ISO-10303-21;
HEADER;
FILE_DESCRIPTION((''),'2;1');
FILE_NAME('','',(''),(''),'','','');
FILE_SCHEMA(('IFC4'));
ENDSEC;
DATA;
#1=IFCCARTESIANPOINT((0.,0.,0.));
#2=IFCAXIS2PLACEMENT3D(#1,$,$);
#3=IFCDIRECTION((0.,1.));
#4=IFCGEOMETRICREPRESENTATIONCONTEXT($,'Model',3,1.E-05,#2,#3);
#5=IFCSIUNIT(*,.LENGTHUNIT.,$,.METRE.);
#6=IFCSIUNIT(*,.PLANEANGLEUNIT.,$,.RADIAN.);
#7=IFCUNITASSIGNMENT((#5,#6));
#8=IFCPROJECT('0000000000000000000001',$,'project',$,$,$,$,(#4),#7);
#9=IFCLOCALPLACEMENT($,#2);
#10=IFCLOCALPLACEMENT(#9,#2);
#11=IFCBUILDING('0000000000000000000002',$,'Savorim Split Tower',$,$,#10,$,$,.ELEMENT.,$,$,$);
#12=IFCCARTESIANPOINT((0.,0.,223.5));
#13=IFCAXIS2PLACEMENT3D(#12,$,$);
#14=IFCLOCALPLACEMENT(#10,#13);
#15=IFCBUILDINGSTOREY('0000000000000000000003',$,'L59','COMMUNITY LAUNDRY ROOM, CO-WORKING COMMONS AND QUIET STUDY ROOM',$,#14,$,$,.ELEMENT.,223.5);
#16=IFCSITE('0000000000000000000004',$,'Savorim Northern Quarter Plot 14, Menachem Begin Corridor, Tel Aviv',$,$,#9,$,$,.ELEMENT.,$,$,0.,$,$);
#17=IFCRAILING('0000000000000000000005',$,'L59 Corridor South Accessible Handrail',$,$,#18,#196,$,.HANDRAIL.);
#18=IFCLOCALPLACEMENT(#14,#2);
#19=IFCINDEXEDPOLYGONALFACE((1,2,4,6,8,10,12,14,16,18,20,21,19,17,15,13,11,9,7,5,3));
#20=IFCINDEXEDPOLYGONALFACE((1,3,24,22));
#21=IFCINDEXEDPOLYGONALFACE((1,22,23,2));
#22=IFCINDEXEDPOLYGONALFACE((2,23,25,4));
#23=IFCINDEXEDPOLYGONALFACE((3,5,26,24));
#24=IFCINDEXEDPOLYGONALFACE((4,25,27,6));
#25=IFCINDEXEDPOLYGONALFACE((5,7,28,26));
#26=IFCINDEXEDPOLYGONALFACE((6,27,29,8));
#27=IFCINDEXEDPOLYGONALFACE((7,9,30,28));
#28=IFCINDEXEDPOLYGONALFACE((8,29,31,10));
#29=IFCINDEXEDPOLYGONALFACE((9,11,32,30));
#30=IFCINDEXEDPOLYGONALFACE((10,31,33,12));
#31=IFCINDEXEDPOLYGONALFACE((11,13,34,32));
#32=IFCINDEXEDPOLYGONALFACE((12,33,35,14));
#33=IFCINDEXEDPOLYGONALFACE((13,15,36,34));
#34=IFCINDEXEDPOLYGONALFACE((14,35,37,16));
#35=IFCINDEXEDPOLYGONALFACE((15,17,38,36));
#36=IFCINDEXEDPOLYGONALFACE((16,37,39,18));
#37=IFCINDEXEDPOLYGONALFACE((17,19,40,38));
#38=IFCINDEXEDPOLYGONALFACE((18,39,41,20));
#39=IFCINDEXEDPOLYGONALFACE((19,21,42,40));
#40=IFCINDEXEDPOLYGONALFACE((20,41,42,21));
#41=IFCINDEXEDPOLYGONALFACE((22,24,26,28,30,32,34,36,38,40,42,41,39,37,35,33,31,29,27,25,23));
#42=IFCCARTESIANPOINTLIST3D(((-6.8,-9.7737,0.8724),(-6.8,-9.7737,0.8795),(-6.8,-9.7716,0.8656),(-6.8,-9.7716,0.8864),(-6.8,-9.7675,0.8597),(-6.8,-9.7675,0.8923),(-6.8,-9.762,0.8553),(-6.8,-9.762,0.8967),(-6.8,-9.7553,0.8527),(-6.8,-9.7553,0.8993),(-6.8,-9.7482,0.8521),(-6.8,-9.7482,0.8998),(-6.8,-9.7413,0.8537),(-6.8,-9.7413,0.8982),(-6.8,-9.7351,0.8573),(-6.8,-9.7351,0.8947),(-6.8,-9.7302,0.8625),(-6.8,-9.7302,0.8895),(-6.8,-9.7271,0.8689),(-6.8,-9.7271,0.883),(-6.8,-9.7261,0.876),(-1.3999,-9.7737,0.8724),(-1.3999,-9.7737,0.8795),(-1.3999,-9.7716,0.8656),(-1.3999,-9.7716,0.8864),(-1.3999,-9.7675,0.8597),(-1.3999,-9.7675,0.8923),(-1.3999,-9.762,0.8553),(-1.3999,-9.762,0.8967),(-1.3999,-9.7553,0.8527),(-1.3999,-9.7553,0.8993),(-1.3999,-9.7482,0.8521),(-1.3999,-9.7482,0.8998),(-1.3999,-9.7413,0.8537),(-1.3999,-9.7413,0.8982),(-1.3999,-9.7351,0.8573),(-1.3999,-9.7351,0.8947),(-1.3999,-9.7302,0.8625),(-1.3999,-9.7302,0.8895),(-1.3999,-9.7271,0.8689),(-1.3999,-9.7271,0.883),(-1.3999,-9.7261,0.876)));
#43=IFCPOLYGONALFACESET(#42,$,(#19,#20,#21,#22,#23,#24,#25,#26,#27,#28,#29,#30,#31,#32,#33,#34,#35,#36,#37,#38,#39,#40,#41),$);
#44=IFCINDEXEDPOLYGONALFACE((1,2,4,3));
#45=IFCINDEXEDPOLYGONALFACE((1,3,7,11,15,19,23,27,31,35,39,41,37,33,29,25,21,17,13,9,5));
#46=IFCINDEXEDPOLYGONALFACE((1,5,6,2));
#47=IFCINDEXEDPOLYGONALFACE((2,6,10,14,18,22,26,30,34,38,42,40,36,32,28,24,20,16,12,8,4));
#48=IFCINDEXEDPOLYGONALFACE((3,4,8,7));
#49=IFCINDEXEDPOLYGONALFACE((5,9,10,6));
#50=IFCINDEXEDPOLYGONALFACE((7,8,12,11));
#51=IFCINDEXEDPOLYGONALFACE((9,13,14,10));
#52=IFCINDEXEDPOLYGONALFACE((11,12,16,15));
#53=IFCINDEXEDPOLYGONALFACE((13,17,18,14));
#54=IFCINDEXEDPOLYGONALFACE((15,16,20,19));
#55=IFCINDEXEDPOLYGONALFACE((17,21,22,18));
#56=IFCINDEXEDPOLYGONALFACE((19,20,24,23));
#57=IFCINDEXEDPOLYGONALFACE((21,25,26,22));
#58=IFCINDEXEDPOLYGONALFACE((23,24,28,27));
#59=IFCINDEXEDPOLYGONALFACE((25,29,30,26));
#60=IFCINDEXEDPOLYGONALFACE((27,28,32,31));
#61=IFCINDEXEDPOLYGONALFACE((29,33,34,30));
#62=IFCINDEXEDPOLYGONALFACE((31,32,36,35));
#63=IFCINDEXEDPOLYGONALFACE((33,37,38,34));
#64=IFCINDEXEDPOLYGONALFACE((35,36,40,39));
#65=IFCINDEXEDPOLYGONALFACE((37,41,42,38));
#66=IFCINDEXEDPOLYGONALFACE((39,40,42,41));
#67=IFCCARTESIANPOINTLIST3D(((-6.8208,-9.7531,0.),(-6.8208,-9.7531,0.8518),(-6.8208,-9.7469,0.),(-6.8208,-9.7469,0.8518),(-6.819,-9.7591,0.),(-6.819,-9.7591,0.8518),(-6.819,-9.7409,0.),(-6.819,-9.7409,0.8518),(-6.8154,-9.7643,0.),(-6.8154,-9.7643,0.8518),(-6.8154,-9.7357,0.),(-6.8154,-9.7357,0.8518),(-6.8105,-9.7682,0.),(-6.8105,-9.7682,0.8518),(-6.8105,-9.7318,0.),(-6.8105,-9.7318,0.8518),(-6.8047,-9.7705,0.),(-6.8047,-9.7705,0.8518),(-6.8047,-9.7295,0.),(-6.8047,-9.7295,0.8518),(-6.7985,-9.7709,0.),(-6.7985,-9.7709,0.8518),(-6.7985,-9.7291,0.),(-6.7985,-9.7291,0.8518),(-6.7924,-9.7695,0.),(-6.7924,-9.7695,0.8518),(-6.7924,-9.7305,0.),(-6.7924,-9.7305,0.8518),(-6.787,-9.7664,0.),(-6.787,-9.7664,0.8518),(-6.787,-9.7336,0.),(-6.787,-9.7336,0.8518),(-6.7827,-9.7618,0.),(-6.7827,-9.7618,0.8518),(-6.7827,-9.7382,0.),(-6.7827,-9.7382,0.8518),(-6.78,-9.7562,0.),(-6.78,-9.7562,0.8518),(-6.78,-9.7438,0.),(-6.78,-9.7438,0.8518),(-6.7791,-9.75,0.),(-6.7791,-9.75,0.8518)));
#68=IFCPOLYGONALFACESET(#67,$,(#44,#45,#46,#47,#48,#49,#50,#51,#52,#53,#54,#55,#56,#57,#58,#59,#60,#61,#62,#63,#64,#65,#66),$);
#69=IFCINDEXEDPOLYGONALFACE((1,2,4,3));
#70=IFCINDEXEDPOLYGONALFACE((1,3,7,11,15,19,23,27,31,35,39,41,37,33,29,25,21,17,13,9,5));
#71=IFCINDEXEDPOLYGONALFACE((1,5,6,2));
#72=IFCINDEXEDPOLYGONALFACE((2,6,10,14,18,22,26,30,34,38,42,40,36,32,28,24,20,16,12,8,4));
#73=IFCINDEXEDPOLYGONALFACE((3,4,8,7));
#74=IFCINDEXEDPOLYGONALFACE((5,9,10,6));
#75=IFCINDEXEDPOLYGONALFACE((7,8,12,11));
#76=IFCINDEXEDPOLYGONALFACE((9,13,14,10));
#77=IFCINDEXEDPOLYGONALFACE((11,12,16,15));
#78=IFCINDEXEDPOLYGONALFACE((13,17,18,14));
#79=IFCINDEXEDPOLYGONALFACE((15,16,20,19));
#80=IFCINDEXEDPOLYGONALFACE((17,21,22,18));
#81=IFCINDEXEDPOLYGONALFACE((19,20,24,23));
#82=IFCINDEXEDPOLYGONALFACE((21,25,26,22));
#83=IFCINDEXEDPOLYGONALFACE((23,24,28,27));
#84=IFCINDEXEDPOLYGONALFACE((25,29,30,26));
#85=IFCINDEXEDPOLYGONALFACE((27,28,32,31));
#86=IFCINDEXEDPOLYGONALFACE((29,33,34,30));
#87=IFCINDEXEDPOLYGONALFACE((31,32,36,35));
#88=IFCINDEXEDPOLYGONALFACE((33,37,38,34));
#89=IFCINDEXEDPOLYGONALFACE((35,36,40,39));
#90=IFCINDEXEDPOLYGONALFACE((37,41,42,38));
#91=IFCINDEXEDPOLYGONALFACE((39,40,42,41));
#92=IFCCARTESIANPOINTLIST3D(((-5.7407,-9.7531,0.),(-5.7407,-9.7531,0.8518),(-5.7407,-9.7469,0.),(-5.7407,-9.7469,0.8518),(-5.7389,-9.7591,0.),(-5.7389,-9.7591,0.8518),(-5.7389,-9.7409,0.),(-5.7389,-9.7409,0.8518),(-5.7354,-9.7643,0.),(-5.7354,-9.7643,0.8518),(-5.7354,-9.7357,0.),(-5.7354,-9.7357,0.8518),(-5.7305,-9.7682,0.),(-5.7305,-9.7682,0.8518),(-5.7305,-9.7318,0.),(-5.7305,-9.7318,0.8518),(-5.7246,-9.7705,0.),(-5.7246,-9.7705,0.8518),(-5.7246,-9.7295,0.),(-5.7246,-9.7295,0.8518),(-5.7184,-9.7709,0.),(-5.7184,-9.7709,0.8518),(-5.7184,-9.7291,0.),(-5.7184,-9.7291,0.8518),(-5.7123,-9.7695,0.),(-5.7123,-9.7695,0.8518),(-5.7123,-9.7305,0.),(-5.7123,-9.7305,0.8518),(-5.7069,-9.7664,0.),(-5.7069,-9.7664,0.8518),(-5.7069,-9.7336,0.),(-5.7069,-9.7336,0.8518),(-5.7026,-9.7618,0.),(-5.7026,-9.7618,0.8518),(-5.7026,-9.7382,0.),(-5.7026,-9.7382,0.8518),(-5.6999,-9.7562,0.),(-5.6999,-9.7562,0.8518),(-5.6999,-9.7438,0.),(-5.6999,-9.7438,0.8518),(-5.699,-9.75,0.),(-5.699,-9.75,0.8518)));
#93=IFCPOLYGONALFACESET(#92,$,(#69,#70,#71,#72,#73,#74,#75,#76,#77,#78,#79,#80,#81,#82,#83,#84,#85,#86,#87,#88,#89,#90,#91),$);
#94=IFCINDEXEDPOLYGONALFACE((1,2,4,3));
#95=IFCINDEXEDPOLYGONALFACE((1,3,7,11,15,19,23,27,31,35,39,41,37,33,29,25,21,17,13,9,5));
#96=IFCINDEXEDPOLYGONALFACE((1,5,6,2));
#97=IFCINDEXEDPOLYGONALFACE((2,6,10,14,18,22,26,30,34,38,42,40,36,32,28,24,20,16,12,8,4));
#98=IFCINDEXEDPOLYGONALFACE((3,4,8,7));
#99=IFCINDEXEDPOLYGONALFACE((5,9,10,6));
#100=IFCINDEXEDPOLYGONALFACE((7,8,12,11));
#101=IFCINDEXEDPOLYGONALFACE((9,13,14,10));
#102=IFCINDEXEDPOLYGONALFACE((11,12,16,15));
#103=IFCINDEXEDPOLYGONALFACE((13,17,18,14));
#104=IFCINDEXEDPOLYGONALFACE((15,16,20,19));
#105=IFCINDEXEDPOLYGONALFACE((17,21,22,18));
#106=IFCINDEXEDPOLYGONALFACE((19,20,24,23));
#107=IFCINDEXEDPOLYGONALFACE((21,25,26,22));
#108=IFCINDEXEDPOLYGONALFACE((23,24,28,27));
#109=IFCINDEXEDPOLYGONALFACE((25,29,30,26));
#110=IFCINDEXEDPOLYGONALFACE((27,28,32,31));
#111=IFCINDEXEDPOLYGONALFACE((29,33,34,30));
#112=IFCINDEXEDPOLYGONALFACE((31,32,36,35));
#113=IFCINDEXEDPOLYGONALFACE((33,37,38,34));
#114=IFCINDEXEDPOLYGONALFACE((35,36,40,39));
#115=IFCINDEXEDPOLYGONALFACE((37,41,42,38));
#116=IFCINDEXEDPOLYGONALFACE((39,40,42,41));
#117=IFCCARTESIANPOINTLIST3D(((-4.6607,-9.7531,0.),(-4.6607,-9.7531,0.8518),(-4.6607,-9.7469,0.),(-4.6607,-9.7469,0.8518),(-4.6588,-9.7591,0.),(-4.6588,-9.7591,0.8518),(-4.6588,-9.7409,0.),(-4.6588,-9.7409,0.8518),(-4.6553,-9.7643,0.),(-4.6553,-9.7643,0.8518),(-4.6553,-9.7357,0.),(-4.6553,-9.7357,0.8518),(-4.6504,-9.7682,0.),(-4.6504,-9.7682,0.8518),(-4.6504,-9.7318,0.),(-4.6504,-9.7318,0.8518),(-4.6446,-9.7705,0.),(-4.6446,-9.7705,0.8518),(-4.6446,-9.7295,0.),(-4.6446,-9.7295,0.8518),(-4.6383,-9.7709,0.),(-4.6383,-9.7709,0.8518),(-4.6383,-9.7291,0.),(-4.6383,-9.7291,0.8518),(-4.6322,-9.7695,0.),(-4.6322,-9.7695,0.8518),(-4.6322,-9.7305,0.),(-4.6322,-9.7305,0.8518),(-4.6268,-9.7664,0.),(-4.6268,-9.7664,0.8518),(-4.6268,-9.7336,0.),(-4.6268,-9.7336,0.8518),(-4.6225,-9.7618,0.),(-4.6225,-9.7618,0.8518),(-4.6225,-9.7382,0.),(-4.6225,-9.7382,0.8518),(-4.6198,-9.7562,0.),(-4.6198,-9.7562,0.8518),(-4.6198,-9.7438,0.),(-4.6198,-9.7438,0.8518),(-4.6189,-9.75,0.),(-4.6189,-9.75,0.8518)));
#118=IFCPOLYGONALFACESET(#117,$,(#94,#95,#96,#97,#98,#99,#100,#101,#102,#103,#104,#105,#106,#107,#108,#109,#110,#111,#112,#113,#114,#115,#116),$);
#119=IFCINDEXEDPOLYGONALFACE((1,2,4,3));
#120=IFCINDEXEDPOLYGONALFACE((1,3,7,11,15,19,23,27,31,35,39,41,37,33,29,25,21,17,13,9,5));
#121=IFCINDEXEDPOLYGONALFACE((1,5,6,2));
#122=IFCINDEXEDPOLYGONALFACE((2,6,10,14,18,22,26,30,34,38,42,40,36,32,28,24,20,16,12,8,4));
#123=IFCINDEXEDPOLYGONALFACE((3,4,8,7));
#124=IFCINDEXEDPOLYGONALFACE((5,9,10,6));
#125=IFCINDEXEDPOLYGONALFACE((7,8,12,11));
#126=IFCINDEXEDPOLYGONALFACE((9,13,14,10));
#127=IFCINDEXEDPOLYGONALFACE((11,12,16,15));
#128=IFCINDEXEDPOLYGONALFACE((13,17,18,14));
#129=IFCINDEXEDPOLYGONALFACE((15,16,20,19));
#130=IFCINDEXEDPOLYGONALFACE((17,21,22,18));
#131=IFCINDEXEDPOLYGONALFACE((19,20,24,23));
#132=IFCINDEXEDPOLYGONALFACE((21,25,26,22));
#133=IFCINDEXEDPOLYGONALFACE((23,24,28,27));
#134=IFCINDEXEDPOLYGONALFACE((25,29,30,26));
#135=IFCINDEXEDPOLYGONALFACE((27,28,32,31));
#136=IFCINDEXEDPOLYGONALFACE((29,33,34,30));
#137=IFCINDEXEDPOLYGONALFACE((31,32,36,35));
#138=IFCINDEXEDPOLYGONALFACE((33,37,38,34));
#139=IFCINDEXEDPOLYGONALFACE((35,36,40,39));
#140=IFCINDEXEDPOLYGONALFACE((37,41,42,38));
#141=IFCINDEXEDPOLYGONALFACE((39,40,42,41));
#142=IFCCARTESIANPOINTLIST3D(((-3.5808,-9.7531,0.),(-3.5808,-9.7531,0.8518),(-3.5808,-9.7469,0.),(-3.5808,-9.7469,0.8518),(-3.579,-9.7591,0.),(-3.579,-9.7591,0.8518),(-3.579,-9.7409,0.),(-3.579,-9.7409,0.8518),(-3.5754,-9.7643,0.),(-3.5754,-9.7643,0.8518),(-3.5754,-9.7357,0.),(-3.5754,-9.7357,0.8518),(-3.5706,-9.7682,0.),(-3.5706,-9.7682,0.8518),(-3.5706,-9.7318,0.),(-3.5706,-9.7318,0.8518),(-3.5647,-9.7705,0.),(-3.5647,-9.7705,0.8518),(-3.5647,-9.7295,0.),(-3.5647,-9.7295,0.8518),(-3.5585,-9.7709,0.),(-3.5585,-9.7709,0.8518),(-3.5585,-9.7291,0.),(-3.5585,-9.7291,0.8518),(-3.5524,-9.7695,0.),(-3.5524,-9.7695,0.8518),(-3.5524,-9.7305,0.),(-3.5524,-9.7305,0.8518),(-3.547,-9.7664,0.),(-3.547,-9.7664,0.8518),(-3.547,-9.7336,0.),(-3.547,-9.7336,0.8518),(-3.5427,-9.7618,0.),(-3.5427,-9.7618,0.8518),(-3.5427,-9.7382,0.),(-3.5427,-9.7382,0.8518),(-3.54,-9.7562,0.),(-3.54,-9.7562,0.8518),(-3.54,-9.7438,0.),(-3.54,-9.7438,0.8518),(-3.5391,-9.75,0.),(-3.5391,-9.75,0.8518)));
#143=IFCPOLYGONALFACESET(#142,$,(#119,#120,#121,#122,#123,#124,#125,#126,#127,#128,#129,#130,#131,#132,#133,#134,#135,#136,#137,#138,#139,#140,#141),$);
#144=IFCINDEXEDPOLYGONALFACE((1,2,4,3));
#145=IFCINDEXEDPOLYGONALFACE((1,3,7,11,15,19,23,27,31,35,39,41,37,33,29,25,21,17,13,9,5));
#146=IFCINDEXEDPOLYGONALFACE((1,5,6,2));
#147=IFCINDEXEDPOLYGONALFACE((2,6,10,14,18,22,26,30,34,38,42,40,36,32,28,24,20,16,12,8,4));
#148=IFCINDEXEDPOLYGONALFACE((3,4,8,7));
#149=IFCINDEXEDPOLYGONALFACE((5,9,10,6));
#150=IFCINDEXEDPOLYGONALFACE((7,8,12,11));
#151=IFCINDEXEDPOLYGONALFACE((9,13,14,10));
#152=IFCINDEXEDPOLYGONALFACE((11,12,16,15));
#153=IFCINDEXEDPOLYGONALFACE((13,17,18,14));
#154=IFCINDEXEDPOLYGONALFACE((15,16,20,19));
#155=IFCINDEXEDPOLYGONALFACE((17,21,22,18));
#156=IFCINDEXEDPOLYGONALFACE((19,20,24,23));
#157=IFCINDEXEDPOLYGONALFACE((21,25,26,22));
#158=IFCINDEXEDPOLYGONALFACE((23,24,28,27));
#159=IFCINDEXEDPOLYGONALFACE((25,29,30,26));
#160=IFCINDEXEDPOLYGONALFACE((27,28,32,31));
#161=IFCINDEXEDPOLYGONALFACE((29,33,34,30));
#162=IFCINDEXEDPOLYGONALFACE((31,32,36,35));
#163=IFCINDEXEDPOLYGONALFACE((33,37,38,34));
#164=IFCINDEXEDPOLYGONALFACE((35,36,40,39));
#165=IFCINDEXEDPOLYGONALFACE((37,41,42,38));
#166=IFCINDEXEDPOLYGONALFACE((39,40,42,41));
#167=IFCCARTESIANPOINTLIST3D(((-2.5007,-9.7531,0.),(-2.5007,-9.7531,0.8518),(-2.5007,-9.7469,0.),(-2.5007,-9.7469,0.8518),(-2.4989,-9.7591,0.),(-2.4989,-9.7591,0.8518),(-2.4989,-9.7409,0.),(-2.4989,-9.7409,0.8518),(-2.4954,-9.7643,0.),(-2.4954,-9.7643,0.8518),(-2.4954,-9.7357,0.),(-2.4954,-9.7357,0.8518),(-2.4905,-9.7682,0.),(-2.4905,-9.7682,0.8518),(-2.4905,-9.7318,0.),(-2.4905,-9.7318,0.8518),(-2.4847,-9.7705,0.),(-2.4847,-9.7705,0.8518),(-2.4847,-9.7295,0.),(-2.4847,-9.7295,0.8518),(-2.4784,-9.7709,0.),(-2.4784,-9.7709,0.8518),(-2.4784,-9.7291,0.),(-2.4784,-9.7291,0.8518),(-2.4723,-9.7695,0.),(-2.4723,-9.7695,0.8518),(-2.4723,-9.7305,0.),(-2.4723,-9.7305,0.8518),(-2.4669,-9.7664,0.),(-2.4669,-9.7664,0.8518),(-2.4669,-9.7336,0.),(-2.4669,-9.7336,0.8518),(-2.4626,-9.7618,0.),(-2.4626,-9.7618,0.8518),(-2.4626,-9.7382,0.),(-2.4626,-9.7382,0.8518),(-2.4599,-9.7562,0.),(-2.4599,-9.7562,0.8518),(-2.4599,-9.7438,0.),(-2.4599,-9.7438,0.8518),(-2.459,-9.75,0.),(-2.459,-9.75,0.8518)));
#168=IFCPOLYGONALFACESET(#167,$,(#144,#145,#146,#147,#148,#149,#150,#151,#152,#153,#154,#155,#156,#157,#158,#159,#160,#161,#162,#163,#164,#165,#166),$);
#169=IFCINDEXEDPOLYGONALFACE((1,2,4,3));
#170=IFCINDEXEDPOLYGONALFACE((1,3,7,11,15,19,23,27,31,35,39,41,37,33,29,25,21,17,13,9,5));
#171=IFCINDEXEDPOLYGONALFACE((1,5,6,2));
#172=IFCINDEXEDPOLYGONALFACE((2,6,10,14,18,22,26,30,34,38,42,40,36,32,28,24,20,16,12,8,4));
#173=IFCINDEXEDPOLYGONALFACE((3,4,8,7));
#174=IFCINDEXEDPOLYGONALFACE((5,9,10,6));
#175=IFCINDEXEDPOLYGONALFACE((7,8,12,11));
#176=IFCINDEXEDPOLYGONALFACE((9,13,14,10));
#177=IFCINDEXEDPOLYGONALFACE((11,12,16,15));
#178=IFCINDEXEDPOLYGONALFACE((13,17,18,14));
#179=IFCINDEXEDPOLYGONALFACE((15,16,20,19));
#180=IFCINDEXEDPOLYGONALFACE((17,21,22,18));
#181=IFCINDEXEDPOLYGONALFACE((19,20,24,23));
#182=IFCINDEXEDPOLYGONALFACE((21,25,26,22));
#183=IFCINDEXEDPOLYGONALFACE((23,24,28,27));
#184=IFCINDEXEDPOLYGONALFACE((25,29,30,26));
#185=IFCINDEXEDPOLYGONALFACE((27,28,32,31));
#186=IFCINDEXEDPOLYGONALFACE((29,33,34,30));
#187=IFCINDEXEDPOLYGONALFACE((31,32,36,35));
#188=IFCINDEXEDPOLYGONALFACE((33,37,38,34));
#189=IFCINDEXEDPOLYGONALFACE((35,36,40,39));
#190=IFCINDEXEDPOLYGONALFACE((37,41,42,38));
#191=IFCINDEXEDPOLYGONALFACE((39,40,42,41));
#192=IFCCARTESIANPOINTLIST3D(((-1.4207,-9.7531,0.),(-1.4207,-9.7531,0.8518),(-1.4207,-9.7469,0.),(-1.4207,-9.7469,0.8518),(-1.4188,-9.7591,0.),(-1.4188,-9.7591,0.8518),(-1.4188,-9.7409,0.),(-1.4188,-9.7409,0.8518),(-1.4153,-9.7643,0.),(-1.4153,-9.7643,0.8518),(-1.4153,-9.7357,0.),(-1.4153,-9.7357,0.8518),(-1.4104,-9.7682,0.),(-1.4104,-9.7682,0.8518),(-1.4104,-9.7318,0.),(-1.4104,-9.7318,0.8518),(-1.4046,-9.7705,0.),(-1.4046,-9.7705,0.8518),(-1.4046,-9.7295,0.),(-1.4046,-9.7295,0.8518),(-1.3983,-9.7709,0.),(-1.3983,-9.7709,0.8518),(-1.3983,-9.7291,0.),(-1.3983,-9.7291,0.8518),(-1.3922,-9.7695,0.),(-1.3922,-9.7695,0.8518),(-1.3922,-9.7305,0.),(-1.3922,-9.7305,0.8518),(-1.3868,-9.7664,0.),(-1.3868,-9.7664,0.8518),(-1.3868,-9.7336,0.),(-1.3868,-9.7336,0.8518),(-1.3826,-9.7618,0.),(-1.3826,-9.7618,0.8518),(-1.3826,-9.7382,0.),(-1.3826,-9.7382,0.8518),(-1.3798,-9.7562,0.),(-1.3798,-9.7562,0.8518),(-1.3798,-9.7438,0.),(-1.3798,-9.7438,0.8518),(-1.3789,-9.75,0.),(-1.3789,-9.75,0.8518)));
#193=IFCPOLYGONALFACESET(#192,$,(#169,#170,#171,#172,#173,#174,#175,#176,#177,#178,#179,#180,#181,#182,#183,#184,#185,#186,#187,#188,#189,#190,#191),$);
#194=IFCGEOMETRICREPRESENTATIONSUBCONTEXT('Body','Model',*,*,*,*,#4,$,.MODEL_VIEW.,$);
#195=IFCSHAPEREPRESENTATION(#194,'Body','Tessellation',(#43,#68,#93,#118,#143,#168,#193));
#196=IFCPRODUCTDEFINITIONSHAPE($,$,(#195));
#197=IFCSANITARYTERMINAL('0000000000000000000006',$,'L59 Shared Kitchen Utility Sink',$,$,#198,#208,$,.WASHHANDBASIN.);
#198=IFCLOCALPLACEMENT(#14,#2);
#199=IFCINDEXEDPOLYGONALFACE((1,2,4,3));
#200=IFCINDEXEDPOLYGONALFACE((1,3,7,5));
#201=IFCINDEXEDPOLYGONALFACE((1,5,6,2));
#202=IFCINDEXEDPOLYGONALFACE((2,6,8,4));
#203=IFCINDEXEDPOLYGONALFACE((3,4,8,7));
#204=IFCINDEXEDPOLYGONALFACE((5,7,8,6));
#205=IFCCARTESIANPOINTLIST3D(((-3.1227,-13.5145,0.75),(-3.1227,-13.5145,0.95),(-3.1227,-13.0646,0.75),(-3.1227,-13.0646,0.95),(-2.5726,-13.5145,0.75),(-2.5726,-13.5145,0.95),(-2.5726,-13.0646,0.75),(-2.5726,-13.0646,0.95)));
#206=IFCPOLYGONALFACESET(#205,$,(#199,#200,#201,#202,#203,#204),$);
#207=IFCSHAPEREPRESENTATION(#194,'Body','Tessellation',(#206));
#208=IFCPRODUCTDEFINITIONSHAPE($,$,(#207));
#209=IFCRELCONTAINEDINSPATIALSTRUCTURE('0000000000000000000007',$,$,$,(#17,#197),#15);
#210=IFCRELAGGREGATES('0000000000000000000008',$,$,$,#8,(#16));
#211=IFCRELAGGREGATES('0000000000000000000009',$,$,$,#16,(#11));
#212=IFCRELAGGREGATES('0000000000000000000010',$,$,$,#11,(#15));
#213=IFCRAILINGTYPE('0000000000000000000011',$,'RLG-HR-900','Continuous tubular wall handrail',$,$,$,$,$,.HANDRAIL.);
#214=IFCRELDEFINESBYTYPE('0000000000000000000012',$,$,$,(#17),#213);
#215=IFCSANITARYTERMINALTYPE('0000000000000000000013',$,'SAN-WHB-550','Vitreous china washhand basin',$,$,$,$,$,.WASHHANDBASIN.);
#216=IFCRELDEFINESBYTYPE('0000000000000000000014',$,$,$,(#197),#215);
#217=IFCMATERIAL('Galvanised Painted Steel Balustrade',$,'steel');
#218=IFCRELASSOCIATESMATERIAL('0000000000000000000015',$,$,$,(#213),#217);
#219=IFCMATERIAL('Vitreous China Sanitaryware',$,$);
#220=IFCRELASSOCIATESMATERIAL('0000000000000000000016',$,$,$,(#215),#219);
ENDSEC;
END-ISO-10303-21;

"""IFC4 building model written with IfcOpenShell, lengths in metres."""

from ifc_helpers import new_model, si_unit, direction, frame, origin, origin_2d, place, context, subcontext, project, spatial, rectangle, circle, extrude, material, type_object, element, save


model = new_model("IFC4")

# Units and contexts
model_context = context("Model", 3, precision=1e-05, world=origin(), true_north=direction((0.0, 1.0)))
body_context = subcontext(model_context, "Body", "Model", "MODEL_VIEW")
ifc_project = project(units=[si_unit("LENGTHUNIT", "METRE"), si_unit("PLANEANGLEUNIT", "RADIAN")], contexts=[model_context])

# Site, building, storey
site_placement = place(None, origin())
site = spatial("IfcSite", under=ifc_project, at=site_placement, Name="Savorim Northern Quarter Plot 14, Menachem Begin Corridor, Tel Aviv", CompositionType="ELEMENT", RefElevation=0.0)
building_placement = place(site_placement, origin())
building = spatial("IfcBuilding", under=site, at=building_placement, Name="Savorim Split Tower", CompositionType="ELEMENT")
storey_placement = place(building_placement, frame((0.0, 0.0, 223.5)))
storey = spatial("IfcBuildingStorey", under=building, at=storey_placement, Name="L59", Description="COMMUNITY LAUNDRY ROOM, CO-WORKING COMMONS AND QUIET STUDY ROOM", CompositionType="ELEMENT", Elevation=223.5)

# Railing
ifc_material_1 = material(Name="Galvanised Painted Steel Balustrade", Category="steel")
railing_type = type_object("IfcRailingType", Name="RLG-HR-900", Description="Continuous tubular wall handrail", PredefinedType="HANDRAIL", material=ifc_material_1)
railing_1_placement = place(storey_placement, frame((-6.8, -9.75, 0.0)))
element("IfcRailing", 1, at=railing_1_placement, inside=storey, type_object=railing_type, Name="L59 Corridor South Accessible Handrail", PredefinedType="HANDRAIL", context=body_context, shape_type="SweptSolid", body=[
    extrude(circle(Radius=0.0239, at=origin_2d()), frame((0.0, 0.0, 0.876), z_axis=(1.0, 0.0, 0.0), x_axis=(0.0, 1.0, 0.0)), (0.0, 0.0, 1.0), 5.4001),
    extrude(circle(Radius=0.021, at=origin_2d()), origin(), (0.0, 0.0, 1.0), 0.8518),
    extrude(circle(Radius=0.021, at=origin_2d()), frame((1.0801, 0.0, 0.0)), (0.0, 0.0, 1.0), 0.8518),
    extrude(circle(Radius=0.021, at=origin_2d()), frame((2.1602, 0.0, 0.0)), (0.0, 0.0, 1.0), 0.8518),
    extrude(circle(Radius=0.021, at=origin_2d()), frame((3.24, 0.0, 0.0)), (0.0, 0.0, 1.0), 0.8518),
    extrude(circle(Radius=0.021, at=origin_2d()), frame((4.3201, 0.0, 0.0)), (0.0, 0.0, 1.0), 0.8518),
    extrude(circle(Radius=0.021, at=origin_2d()), frame((5.4001, 0.0, 0.0)), (0.0, 0.0, 1.0), 0.8518),
])

# Sanitary terminal
ifc_material_2 = material(Name="Vitreous China Sanitaryware")
sanitary_terminal_type = type_object("IfcSanitaryTerminalType", Name="SAN-WHB-550", Description="Vitreous china washhand basin", PredefinedType="WASHHANDBASIN", material=ifc_material_2)
sanitary_terminal_placement = place(storey_placement, frame((-2.8477, -13.2896, 0.75), z_axis=(0.0, 0.0, 1.0), x_axis=(1.0, 0.0, 0.0)))
element("IfcSanitaryTerminal", 2, at=sanitary_terminal_placement, inside=storey, type_object=sanitary_terminal_type, Name="L59 Shared Kitchen Utility Sink", PredefinedType="WASHHANDBASIN", context=body_context, shape_type="SweptSolid", body=[
    extrude(rectangle(XDim=0.55, YDim=0.45, at=origin_2d()), origin(), (0.0, 0.0, 1.0), 0.2),
])

save(model, "model.ifc")
